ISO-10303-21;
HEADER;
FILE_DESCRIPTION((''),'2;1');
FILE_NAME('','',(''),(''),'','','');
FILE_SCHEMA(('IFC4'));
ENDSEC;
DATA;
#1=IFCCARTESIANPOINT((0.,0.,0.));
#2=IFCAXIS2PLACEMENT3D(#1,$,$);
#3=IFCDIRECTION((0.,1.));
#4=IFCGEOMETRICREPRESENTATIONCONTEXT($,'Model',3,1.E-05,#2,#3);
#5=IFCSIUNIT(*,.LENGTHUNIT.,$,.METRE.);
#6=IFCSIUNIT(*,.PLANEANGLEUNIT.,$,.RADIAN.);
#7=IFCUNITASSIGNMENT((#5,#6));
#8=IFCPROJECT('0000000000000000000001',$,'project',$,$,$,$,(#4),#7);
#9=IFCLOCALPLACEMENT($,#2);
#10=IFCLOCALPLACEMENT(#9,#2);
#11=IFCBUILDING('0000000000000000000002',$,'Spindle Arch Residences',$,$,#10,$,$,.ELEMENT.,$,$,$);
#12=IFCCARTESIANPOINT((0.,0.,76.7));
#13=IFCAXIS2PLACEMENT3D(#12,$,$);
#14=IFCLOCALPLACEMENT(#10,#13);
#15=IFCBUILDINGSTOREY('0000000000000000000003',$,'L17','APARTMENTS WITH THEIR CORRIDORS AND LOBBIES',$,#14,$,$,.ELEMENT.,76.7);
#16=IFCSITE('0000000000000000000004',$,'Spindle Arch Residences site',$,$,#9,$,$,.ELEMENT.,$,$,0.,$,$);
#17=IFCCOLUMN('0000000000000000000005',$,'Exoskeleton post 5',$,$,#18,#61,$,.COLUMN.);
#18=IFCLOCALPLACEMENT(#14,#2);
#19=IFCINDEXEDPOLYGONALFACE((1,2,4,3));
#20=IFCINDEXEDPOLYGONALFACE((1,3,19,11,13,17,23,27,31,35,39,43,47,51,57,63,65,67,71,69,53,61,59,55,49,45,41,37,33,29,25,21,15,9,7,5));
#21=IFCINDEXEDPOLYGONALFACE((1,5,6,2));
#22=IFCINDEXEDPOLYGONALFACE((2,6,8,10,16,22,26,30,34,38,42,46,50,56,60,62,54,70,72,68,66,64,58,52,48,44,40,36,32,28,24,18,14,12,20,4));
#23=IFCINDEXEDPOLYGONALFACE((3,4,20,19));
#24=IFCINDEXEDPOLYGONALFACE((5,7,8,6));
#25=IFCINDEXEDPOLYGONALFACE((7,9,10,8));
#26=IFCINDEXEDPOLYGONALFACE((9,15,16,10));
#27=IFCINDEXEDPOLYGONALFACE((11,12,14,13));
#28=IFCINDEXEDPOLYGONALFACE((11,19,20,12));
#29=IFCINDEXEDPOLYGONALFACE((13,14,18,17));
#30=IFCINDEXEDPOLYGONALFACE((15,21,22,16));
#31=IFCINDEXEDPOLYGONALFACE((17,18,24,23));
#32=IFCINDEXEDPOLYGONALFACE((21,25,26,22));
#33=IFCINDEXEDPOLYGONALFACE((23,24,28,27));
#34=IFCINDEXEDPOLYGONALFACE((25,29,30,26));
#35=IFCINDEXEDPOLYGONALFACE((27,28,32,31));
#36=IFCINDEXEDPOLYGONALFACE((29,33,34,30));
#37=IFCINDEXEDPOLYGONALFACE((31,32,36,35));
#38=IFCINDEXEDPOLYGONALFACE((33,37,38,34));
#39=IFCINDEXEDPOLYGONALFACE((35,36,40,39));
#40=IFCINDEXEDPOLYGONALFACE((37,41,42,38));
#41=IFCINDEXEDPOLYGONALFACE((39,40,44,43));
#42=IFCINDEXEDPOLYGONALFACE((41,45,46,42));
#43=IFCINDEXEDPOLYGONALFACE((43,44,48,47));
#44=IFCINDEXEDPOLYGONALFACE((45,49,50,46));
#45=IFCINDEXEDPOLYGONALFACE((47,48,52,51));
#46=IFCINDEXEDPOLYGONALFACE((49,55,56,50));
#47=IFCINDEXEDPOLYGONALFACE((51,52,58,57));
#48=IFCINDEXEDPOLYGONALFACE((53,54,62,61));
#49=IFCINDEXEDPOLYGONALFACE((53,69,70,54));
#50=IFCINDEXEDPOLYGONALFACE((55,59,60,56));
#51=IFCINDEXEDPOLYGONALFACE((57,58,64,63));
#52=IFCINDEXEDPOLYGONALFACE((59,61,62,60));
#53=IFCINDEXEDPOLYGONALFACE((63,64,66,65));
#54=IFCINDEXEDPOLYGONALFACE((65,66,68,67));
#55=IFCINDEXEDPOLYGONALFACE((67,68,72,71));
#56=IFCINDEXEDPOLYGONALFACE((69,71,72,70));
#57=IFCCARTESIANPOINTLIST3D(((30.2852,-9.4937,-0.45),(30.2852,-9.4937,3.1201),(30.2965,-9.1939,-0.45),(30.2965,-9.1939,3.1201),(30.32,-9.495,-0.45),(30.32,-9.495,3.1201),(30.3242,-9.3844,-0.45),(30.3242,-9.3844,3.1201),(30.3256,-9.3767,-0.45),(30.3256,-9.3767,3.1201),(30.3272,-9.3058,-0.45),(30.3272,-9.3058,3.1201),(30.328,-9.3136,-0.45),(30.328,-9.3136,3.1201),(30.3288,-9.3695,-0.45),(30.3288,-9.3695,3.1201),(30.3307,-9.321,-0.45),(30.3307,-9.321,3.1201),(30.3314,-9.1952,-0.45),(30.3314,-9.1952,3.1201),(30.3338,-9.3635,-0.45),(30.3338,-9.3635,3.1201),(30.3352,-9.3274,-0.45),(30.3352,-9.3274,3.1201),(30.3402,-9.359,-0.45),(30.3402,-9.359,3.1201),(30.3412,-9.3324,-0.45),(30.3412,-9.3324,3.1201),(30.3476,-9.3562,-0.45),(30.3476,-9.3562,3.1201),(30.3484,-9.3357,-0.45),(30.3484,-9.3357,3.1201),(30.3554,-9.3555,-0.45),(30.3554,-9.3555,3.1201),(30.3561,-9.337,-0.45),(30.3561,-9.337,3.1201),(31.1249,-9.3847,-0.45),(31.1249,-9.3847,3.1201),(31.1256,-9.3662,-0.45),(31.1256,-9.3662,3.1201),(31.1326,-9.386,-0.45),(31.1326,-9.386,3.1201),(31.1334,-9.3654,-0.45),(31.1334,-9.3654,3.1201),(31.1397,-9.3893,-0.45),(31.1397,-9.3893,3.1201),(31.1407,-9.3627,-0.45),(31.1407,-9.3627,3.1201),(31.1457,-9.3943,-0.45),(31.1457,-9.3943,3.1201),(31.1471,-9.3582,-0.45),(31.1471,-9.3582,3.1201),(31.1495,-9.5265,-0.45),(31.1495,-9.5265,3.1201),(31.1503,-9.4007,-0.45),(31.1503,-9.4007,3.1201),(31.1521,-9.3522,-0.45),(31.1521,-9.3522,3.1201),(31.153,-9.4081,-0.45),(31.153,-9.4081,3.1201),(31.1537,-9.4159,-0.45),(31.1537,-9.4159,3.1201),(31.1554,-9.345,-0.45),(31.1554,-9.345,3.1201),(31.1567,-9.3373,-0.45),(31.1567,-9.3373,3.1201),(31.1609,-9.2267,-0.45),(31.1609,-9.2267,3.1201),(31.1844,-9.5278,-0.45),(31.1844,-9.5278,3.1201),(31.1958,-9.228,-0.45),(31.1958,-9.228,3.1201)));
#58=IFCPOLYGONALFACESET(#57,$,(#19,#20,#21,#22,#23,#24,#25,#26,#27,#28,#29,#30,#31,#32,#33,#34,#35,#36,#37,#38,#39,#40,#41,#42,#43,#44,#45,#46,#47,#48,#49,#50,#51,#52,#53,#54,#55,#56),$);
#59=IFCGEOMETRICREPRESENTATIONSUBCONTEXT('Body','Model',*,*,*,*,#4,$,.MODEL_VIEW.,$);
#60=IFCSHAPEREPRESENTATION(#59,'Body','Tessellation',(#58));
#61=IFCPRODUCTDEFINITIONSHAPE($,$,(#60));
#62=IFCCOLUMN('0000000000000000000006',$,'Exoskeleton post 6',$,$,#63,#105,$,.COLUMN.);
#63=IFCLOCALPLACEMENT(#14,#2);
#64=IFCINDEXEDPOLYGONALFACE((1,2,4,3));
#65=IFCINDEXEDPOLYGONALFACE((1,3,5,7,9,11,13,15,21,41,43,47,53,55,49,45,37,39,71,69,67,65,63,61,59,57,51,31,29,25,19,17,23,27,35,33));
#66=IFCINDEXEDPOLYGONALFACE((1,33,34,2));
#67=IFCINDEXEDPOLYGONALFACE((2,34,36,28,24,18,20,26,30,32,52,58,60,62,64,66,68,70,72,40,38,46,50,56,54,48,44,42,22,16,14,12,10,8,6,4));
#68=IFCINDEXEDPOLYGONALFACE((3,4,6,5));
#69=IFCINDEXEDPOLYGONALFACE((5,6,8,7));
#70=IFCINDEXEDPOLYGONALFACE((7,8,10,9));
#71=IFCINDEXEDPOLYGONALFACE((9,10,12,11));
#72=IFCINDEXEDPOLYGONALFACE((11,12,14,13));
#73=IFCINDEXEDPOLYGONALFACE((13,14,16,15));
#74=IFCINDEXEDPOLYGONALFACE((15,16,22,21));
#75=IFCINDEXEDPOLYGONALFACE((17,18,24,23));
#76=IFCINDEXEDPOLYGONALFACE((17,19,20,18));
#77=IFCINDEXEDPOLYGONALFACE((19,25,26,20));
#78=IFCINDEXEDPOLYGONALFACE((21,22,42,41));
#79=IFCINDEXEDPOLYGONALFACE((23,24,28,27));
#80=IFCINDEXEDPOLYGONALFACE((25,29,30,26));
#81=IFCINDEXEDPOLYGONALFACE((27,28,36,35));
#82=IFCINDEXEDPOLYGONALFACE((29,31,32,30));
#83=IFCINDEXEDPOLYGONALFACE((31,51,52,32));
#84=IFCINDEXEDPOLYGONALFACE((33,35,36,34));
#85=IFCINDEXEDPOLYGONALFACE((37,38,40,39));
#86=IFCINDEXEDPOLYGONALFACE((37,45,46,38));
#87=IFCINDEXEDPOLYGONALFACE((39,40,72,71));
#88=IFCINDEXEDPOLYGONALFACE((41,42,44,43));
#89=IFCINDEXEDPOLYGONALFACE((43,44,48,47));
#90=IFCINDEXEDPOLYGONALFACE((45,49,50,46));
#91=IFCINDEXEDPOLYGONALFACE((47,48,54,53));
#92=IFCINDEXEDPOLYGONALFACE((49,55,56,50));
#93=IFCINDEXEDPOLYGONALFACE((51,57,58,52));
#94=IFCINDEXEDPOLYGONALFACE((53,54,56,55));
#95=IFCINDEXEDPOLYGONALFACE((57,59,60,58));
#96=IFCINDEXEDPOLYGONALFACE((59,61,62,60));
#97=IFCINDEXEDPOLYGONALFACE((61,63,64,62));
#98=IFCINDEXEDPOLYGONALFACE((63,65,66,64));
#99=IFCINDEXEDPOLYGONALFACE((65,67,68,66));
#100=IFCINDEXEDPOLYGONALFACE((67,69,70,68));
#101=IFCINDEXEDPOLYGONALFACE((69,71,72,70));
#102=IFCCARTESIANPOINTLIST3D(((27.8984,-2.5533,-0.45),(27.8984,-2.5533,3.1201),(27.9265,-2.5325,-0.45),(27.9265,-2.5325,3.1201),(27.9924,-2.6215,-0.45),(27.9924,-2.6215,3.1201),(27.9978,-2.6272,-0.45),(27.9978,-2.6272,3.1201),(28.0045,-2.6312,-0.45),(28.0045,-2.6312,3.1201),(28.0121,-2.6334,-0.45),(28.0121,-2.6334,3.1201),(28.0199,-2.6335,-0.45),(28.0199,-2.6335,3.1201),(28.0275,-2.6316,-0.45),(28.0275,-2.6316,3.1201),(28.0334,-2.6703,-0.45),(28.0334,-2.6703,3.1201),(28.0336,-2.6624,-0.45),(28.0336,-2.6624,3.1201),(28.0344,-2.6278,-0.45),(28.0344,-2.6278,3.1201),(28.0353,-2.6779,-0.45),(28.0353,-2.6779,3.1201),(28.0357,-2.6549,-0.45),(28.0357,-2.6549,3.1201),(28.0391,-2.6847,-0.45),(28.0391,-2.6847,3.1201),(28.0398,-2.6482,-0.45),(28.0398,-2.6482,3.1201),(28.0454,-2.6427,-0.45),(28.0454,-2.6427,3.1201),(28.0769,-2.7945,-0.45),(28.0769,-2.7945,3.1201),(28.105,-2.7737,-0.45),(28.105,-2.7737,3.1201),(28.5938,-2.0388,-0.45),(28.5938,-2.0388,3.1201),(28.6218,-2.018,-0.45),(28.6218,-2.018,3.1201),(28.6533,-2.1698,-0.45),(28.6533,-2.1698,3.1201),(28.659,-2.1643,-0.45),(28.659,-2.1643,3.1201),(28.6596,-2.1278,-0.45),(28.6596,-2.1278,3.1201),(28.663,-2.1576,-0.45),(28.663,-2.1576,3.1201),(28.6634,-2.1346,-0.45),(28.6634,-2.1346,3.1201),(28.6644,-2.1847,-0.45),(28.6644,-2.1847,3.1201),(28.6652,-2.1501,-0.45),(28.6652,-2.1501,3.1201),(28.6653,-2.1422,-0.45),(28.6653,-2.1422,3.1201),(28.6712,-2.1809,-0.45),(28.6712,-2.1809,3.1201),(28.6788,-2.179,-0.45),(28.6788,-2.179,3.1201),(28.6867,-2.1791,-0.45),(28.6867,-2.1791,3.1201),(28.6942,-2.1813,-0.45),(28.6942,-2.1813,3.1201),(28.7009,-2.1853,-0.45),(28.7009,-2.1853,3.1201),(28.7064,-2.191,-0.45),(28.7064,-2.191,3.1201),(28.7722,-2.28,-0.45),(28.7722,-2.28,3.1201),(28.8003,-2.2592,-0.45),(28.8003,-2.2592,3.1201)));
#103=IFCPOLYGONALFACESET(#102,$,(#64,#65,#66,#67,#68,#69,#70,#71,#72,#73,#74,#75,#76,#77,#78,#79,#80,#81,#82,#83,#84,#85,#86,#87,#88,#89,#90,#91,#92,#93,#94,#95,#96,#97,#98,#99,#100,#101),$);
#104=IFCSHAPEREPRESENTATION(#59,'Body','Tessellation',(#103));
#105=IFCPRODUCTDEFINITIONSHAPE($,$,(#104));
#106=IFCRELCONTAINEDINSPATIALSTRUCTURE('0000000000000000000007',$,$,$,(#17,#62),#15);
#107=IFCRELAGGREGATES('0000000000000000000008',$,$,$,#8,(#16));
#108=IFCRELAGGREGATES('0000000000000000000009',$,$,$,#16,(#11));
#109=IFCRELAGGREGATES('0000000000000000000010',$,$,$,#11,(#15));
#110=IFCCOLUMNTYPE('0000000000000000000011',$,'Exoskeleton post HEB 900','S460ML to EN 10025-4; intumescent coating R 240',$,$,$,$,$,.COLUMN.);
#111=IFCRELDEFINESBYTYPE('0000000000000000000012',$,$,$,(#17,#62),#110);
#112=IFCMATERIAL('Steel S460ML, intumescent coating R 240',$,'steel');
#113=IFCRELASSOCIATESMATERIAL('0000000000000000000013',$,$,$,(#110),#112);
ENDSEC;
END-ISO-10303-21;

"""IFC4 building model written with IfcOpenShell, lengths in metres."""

from ifc_helpers import new_model, si_unit, direction, frame, origin, origin_2d, place, context, subcontext, project, spatial, i_section, extrude, material, material_profile, profile_set, type_object, element, save


model = new_model("IFC4")

# Units and contexts
model_context = context("Model", 3, precision=1e-05, world=origin(), true_north=direction((0.0, 1.0)))
body_context = subcontext(model_context, "Body", "Model", "MODEL_VIEW")
ifc_project = project(units=[si_unit("LENGTHUNIT", "METRE"), si_unit("PLANEANGLEUNIT", "RADIAN")], contexts=[model_context])

# Site, building, storey
site_placement = place(None, origin())
site = spatial("IfcSite", under=ifc_project, at=site_placement, Name="Spindle Arch Residences site", CompositionType="ELEMENT", RefElevation=0.0)
building_placement = place(site_placement, origin())
building = spatial("IfcBuilding", under=site, at=building_placement, Name="Spindle Arch Residences", CompositionType="ELEMENT")
storey_placement = place(building_placement, frame((0.0, 0.0, 76.7)))
storey = spatial("IfcBuildingStorey", under=building, at=storey_placement, Name="L17", Description="APARTMENTS WITH THEIR CORRIDORS AND LOBBIES", CompositionType="ELEMENT", Elevation=76.7)

# Columns
ifc_material_1 = material(Name="Steel S460ML, intumescent coating R 240", Category="steel")
ifc_material_profile_1 = material_profile(ifc_material_1, i_section(OverallWidth=0.3, OverallDepth=0.8999, WebThickness=0.0186, FlangeThickness=0.0349, FilletRadius=0.03, at=origin_2d()), Name="HEB 900")
ifc_profile_set_1 = profile_set([ifc_material_profile_1], Name="Steel S460ML, intumescent coating R 240")
column_type_1 = type_object("IfcColumnType", Name="Exoskeleton post HEB 900", Description="S460ML to EN 10025-4; intumescent coating R 240", PredefinedType="COLUMN", material=ifc_profile_set_1)
for number, where, z_axis, x_axis, name in (
    (1, (30.7405, -9.3608, -0.45), (0.0, 0.0, 1.0), (-0.037924, -0.999281, 0.0), "Exoskeleton post 5"),
    (2, (28.3494, -2.4062, -0.45), (0.0, 0.0, 1.0), (0.594823, -0.803857, 0.0), "Exoskeleton post 6"),
):
    element("IfcColumn", number, at=place(storey_placement, frame(where, z_axis=z_axis, x_axis=x_axis)), inside=storey, type_object=column_type_1, Name=name, PredefinedType="COLUMN", context=body_context, shape_type="SweptSolid", body=[
        extrude(i_section(OverallWidth=0.3, OverallDepth=0.8999, WebThickness=0.0186, FlangeThickness=0.0349, FilletRadius=0.03, at=origin_2d()), origin(), (0.0, 0.0, 1.0), 3.5701),
    ])

save(model, "model.ifc")
